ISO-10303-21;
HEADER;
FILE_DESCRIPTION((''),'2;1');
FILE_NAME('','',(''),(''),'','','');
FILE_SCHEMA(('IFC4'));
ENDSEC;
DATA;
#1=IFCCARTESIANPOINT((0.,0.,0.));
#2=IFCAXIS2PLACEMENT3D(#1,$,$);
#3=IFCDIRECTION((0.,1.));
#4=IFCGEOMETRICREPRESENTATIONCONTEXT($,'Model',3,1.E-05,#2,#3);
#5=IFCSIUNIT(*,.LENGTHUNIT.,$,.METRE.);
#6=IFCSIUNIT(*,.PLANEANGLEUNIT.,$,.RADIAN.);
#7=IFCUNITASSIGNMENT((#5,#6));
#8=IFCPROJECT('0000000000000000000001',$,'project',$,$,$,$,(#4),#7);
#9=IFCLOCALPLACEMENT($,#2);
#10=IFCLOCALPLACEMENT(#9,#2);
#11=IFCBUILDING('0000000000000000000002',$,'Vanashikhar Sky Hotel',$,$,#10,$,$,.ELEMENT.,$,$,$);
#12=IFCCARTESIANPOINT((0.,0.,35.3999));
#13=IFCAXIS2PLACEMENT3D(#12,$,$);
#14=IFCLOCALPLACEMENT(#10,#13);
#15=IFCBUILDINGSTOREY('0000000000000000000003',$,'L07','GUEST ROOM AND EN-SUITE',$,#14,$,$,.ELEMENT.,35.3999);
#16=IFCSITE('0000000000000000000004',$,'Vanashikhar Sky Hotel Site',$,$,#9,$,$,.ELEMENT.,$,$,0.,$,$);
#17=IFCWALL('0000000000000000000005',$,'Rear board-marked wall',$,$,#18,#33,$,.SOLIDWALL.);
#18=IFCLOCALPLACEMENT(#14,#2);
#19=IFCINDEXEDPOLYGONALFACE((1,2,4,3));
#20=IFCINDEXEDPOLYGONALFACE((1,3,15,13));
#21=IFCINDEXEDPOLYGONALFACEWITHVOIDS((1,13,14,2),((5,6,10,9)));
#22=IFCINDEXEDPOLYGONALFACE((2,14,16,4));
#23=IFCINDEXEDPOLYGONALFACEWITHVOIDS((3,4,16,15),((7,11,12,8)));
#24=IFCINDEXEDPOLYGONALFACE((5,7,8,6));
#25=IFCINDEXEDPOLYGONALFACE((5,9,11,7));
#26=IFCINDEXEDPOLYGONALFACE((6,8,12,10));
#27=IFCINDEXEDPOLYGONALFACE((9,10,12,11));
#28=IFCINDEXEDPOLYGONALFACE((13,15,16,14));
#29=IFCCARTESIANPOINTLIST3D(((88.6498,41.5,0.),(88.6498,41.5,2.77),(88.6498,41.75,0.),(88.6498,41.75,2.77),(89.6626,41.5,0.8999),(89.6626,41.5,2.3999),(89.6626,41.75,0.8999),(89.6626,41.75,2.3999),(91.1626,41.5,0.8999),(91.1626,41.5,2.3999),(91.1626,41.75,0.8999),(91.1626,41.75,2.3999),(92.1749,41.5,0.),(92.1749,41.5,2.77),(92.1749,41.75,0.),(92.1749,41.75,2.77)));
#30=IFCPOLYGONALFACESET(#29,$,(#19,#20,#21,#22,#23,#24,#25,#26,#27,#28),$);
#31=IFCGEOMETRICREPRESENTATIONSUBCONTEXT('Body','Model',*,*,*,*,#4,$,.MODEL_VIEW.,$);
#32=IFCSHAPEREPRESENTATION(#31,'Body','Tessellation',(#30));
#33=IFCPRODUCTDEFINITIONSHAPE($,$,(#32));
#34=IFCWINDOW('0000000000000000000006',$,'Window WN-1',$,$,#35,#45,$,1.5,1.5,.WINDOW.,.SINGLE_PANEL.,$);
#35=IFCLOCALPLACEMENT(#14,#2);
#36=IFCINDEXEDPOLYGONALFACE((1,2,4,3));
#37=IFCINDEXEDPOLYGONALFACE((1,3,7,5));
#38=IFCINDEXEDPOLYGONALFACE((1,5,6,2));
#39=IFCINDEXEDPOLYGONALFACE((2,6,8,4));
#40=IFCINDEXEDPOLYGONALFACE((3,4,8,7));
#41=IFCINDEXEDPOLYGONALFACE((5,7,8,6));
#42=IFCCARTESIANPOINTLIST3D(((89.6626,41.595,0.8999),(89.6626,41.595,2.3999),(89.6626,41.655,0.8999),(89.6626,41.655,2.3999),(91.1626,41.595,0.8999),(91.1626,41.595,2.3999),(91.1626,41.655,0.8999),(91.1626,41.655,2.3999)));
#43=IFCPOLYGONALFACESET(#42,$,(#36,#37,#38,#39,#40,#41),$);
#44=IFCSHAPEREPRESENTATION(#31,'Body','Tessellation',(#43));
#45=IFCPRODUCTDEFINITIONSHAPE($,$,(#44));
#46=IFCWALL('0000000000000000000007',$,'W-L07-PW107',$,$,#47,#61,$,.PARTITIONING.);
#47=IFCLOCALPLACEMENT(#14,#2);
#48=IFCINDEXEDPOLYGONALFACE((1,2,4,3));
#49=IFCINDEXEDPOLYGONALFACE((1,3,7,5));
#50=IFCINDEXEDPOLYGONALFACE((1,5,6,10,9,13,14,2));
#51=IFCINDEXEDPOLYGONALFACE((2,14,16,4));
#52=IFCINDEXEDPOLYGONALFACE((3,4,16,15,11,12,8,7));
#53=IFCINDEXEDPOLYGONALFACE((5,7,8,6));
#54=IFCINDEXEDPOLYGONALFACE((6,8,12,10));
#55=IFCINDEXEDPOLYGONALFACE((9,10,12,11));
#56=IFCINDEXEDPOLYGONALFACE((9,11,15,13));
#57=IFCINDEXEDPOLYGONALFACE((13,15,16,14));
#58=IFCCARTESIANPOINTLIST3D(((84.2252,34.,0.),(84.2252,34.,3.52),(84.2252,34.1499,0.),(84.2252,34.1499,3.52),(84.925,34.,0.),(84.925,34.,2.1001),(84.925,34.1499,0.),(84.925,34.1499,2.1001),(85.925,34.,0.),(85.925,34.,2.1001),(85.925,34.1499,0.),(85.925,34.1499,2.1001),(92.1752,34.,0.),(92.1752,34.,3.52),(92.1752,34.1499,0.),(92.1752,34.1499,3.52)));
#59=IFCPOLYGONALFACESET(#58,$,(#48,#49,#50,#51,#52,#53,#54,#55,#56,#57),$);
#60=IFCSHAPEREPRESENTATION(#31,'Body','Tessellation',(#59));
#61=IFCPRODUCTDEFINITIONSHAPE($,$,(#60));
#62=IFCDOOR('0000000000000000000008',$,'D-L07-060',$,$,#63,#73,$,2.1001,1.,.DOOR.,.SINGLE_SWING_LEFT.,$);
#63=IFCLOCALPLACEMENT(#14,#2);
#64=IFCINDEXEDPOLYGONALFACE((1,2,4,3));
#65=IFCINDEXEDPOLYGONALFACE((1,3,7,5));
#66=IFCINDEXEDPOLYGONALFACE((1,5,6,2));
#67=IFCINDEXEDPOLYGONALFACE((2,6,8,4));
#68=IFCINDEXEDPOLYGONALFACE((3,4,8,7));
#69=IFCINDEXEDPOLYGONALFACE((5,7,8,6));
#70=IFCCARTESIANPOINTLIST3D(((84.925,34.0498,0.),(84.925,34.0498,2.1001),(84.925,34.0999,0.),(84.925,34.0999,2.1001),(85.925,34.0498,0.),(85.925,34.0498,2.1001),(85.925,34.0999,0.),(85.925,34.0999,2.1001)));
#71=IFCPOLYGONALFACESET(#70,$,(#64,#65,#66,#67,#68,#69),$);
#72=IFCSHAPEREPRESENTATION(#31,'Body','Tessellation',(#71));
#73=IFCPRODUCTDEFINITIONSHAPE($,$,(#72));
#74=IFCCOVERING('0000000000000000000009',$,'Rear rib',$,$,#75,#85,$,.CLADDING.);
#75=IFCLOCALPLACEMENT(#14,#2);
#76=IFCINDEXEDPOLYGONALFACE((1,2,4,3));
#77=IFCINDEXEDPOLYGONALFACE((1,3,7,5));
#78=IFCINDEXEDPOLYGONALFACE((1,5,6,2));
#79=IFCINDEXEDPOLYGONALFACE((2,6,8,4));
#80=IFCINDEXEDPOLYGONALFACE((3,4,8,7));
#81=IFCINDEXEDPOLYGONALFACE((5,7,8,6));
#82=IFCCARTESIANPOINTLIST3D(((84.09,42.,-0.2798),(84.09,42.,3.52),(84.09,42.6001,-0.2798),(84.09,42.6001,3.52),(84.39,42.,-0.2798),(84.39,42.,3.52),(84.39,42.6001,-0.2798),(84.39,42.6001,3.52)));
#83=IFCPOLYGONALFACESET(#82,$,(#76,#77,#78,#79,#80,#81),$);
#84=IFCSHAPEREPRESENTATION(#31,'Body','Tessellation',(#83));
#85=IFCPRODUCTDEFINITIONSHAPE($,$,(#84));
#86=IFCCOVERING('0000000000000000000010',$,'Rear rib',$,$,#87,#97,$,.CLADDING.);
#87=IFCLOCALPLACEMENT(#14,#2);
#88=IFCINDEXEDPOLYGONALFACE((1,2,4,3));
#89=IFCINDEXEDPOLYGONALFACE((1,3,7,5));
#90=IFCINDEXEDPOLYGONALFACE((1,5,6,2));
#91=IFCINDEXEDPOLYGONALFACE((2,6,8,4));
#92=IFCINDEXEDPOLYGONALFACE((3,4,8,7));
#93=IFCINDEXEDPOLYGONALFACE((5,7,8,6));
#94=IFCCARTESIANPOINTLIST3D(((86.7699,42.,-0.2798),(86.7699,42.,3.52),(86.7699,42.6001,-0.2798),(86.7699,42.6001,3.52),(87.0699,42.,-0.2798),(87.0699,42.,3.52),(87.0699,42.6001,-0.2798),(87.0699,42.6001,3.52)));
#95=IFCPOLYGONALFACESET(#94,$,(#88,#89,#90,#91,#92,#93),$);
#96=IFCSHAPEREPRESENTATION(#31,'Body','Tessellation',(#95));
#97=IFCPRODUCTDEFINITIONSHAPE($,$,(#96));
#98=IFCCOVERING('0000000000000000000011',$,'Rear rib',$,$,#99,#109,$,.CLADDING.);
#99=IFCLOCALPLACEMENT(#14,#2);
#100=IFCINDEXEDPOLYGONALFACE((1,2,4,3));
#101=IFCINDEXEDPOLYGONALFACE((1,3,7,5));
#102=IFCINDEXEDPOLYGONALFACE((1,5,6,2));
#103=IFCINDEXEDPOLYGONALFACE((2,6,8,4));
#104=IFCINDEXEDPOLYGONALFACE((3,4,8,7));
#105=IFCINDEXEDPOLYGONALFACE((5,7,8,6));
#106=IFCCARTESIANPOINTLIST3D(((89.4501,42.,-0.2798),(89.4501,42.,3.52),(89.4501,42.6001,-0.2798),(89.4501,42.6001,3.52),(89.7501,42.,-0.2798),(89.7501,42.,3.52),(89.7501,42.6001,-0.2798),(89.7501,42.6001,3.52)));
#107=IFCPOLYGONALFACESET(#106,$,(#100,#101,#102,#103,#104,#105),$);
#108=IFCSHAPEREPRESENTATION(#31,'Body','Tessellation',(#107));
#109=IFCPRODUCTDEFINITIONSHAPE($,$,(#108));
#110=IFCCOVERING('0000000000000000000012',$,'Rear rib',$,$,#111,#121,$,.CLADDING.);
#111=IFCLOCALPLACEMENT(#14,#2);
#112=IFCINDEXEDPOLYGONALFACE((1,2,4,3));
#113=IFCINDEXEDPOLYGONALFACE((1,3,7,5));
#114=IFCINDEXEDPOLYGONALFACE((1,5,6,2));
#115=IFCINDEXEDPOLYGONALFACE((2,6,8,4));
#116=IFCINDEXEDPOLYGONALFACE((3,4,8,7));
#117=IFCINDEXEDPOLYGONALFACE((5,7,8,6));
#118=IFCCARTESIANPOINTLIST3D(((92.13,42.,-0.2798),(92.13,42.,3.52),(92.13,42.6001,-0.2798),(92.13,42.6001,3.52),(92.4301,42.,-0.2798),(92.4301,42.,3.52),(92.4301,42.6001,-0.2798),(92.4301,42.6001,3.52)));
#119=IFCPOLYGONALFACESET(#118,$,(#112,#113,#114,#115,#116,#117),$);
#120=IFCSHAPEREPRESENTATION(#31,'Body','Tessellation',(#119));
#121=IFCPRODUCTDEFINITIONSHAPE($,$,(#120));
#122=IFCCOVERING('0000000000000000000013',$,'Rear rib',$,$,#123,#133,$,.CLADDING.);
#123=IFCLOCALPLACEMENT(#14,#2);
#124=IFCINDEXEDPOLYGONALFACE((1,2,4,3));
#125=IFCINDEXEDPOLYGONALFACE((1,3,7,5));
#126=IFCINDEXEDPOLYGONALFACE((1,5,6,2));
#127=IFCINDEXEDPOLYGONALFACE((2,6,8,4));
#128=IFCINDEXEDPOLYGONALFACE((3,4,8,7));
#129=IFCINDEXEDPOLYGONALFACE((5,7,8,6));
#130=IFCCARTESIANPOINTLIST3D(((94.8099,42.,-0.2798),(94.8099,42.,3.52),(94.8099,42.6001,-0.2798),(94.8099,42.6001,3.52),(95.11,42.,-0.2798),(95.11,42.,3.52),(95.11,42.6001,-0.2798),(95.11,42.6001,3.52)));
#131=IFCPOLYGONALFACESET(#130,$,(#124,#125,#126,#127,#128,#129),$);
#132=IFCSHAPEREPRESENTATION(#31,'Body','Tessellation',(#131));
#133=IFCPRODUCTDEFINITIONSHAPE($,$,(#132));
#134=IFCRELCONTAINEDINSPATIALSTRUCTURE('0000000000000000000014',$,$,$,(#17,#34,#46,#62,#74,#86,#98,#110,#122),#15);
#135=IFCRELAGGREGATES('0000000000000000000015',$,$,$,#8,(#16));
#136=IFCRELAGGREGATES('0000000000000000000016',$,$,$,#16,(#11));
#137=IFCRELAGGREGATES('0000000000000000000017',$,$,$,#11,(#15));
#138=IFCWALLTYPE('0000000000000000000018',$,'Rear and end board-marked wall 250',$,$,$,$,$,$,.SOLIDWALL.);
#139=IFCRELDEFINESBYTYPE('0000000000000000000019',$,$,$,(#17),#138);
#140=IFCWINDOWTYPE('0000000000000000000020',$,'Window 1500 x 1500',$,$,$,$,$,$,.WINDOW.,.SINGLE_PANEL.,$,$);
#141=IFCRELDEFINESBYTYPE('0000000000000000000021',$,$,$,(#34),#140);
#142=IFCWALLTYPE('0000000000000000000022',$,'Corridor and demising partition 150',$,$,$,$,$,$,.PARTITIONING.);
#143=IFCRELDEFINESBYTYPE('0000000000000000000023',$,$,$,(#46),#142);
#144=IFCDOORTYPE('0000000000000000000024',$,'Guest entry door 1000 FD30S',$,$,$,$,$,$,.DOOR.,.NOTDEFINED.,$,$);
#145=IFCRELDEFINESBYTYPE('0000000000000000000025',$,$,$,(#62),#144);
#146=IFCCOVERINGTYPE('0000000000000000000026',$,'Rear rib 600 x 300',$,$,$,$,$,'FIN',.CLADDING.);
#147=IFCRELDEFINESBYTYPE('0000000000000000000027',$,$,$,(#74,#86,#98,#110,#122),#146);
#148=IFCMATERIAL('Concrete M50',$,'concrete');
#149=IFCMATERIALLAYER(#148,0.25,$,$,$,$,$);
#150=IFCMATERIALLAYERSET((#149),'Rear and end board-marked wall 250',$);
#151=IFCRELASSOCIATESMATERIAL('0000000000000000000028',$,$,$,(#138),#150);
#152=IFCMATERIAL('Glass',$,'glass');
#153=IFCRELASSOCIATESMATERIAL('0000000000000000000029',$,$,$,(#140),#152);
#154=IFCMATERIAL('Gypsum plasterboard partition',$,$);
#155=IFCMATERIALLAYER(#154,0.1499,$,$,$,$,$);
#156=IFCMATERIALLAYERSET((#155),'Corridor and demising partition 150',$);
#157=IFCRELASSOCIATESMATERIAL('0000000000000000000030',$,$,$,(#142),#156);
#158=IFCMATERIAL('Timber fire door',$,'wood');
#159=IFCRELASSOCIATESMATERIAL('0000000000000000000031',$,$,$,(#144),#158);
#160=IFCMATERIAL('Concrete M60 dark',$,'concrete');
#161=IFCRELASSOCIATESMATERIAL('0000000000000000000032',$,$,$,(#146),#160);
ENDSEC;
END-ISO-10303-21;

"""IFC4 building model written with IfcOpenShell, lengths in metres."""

from ifc_helpers import new_model, si_unit, direction, frame, frame_2d, origin, origin_2d, place, context, subcontext, project, spatial, rectangle, extrude, source, transform, mapped, material, layer, layer_set, material_profile, profile_set, type_object, element, fill, save


model = new_model("IFC4")

# Units and contexts
model_context = context("Model", 3, precision=1e-05, world=origin(), true_north=direction((0.0, 1.0)))
body_context = subcontext(model_context, "Body", "Model", "MODEL_VIEW")
ifc_project = project(units=[si_unit("LENGTHUNIT", "METRE"), si_unit("PLANEANGLEUNIT", "RADIAN")], contexts=[model_context])

# Site, building, storey
site_placement = place(None, origin())
site = spatial("IfcSite", under=ifc_project, at=site_placement, Name="Vanashikhar Sky Hotel Site", CompositionType="ELEMENT", RefElevation=0.0)
building_placement = place(site_placement, origin())
building = spatial("IfcBuilding", under=site, at=building_placement, Name="Vanashikhar Sky Hotel", CompositionType="ELEMENT")
storey_placement = place(building_placement, frame((0.0, 0.0, 35.3999)))
storey = spatial("IfcBuildingStorey", under=building, at=storey_placement, Name="L07", Description="GUEST ROOM AND EN-SUITE", CompositionType="ELEMENT", Elevation=35.3999)

# Shared definitions
ifc_material_1 = material(Name="Concrete M50", Category="concrete")

# Wall, opening, window
ifc_material_2 = material(Name="Glass", Category="glass")
ifc_layer_1 = layer(ifc_material_1, 0.25)
ifc_layer_set_1 = layer_set([ifc_layer_1], Name="Rear and end board-marked wall 250")
wall_type_1 = type_object("IfcWallType", Name="Rear and end board-marked wall 250", PredefinedType="SOLIDWALL", material=ifc_layer_set_1)
shared_shape_1 = source(origin(), body_context, "Body", "SweptSolid", [
    extrude(rectangle(XDim=1.5, YDim=1.5, at=frame_2d((0.75, 0.75))), frame((0.0, 0.135, 0.0), z_axis=(0.0, -1.0, 0.0), x_axis=(1.0, 0.0, 0.0)), (0.0, 0.0, 1.0), 0.27),
])
window_type_1 = type_object("IfcWindowType", Name="Window 1500 x 1500", PartitioningType="SINGLE_PANEL", PredefinedType="WINDOW", material=ifc_material_2)
shared_shape_2 = source(origin(), body_context, "Body", "SweptSolid", [
    extrude(rectangle(XDim=1.5, YDim=1.5, at=frame_2d((0.75, 0.75))), frame((0.0, 0.03, 0.0), z_axis=(0.0, -1.0, 0.0), x_axis=(1.0, 0.0, 0.0)), (0.0, 0.0, 1.0), 0.0601),
])
shared_shape_3 = source(origin(), body_context, "Body", "SweptSolid", [
    extrude(rectangle(XDim=3.5251, YDim=0.25, at=frame_2d((1.7627, 0.0))), origin(), (0.0, 0.0, 1.0), 2.77),
])
wall_1_placement = place(storey_placement, frame((92.175, 41.625, 0.0), z_axis=(0.0, 0.0, 1.0), x_axis=(-1.0, 0.0, 0.0)))
wall_1 = element("IfcWall", 1, at=wall_1_placement, inside=storey, type_object=wall_type_1, Name="Rear board-marked wall", PredefinedType="SOLIDWALL", context=body_context, shape_type="MappedRepresentation", body=[
    mapped(shared_shape_3, transform((0.0, 0.0, 0.0), scale=1.0)),
])
opening_1_placement = place(wall_1_placement, frame((1.0125, 0.0, 0.8999)))
opening_1 = element("IfcOpeningElement", 2, at=opening_1_placement, cuts=wall_1, PredefinedType="OPENING", context=body_context, shape_type="MappedRepresentation", body=[
    mapped(shared_shape_1, transform((0.0, 0.0, 0.0), scale=1.0)),
])
window_1_placement = place(opening_1_placement, origin())
window_1 = element("IfcWindow", 3, at=window_1_placement, inside=storey, type_object=window_type_1, Name="Window WN-1", OverallHeight=1.5, OverallWidth=1.5, PartitioningType="SINGLE_PANEL", PredefinedType="WINDOW", context=body_context, shape_type="MappedRepresentation", body=[
    mapped(shared_shape_2, transform((0.0, 0.0, 0.0), scale=1.0)),
])
fill(opening_1, window_1)

# Wall, opening, door
ifc_material_3 = material(Name="Gypsum plasterboard partition")
ifc_layer_2 = layer(ifc_material_3, 0.1499)
ifc_layer_set_2 = layer_set([ifc_layer_2], Name="Corridor and demising partition 150")
wall_type_2 = type_object("IfcWallType", Name="Corridor and demising partition 150", PredefinedType="PARTITIONING", material=ifc_layer_set_2)
shared_shape_4 = source(origin(), body_context, "Body", "SweptSolid", [
    extrude(rectangle(XDim=7.95, YDim=0.1499, at=frame_2d((3.9751, 0.0))), origin(), (0.0, 0.0, 1.0), 3.52),
])
wall_2_placement = place(storey_placement, frame((84.2251, 34.075, 0.0), z_axis=(0.0, 0.0, 1.0), x_axis=(1.0, 0.0, 0.0)))
wall_2 = element("IfcWall", 4, at=wall_2_placement, inside=storey, type_object=wall_type_2, Name="W-L07-PW107", PredefinedType="PARTITIONING", context=body_context, shape_type="MappedRepresentation", body=[
    mapped(shared_shape_4, transform((0.0, 0.0, 0.0), scale=1.0)),
])
shared_shape_5 = source(origin(), body_context, "Body", "SweptSolid", [
    extrude(rectangle(XDim=1.0, YDim=2.1001, at=frame_2d((0.5, 1.05))), frame((0.0, 0.085, 0.0), z_axis=(0.0, -1.0, 0.0), x_axis=(1.0, 0.0, 0.0)), (0.0, 0.0, 1.0), 0.1699),
])
opening_2_placement = place(wall_2_placement, frame((0.7, 0.0, 0.0)))
opening_2 = element("IfcOpeningElement", 5, at=opening_2_placement, cuts=wall_2, PredefinedType="OPENING", context=body_context, shape_type="MappedRepresentation", body=[
    mapped(shared_shape_5, transform((0.0, 0.0, 0.0), scale=1.0)),
])
ifc_material_4 = material(Name="Timber fire door", Category="wood")
door_type = type_object("IfcDoorType", Name="Guest entry door 1000 FD30S", OperationType="NOTDEFINED", PredefinedType="DOOR", material=ifc_material_4)
shared_shape_6 = source(origin(), body_context, "Body", "SweptSolid", [
    extrude(rectangle(XDim=1.0, YDim=2.1001, at=frame_2d((0.5, 1.05))), frame((0.0, 0.0249, 0.0), z_axis=(0.0, -1.0, 0.0), x_axis=(1.0, 0.0, 0.0)), (0.0, 0.0, 1.0), 0.05),
])
door_placement = place(opening_2_placement, origin())
door = element("IfcDoor", 6, at=door_placement, inside=storey, type_object=door_type, Name="D-L07-060", OperationType="SINGLE_SWING_LEFT", OverallHeight=2.1001, OverallWidth=1.0, PredefinedType="DOOR", context=body_context, shape_type="MappedRepresentation", body=[
    mapped(shared_shape_6, transform((0.0, 0.0, 0.0), scale=1.0)),
])
fill(opening_2, door)

# Coverings
ifc_material_5 = material(Name="Concrete M60 dark", Category="concrete")
ifc_material_profile_1 = material_profile(ifc_material_5, rectangle(XDim=0.6001, YDim=0.3, at=origin_2d()))
ifc_profile_set_1 = profile_set([ifc_material_profile_1], Name="Rear rib 600 x 300")
covering_type = type_object("IfcCoveringType", Name="Rear rib 600 x 300", ElementType="FIN", PredefinedType="CLADDING", material=ifc_profile_set_1)
shared_shape_7 = source(origin(), body_context, "Body", "SweptSolid", [
    extrude(rectangle(XDim=0.6001, YDim=0.3, at=origin_2d()), origin(), (0.0, 0.0, 1.0), 3.7998),
])
for number, where, z_axis, x_axis, name in (
    (7, (84.24, 42.3, -0.2798), (0.0, 0.0, 1.0), (0.0, 1.0, 0.0), "Rear rib"),
    (8, (86.9199, 42.3, -0.2798), (0.0, 0.0, 1.0), (0.0, 1.0, 0.0), "Rear rib"),
    (9, (89.6001, 42.3, -0.2798), (0.0, 0.0, 1.0), (0.0, 1.0, 0.0), "Rear rib"),
    (10, (92.28, 42.3, -0.2798), (0.0, 0.0, 1.0), (0.0, 1.0, 0.0), "Rear rib"),
    (11, (94.96, 42.3, -0.2798), (0.0, 0.0, 1.0), (0.0, 1.0, 0.0), "Rear rib"),
):
    element("IfcCovering", number, at=place(storey_placement, frame(where, z_axis=z_axis, x_axis=x_axis)), inside=storey, type_object=covering_type, Name=name, PredefinedType="CLADDING", context=body_context, shape_type="MappedRepresentation", body=[
        mapped(shared_shape_7, transform((0.0, 0.0, 0.0), scale=1.0)),
    ])

save(model, "model.ifc")
